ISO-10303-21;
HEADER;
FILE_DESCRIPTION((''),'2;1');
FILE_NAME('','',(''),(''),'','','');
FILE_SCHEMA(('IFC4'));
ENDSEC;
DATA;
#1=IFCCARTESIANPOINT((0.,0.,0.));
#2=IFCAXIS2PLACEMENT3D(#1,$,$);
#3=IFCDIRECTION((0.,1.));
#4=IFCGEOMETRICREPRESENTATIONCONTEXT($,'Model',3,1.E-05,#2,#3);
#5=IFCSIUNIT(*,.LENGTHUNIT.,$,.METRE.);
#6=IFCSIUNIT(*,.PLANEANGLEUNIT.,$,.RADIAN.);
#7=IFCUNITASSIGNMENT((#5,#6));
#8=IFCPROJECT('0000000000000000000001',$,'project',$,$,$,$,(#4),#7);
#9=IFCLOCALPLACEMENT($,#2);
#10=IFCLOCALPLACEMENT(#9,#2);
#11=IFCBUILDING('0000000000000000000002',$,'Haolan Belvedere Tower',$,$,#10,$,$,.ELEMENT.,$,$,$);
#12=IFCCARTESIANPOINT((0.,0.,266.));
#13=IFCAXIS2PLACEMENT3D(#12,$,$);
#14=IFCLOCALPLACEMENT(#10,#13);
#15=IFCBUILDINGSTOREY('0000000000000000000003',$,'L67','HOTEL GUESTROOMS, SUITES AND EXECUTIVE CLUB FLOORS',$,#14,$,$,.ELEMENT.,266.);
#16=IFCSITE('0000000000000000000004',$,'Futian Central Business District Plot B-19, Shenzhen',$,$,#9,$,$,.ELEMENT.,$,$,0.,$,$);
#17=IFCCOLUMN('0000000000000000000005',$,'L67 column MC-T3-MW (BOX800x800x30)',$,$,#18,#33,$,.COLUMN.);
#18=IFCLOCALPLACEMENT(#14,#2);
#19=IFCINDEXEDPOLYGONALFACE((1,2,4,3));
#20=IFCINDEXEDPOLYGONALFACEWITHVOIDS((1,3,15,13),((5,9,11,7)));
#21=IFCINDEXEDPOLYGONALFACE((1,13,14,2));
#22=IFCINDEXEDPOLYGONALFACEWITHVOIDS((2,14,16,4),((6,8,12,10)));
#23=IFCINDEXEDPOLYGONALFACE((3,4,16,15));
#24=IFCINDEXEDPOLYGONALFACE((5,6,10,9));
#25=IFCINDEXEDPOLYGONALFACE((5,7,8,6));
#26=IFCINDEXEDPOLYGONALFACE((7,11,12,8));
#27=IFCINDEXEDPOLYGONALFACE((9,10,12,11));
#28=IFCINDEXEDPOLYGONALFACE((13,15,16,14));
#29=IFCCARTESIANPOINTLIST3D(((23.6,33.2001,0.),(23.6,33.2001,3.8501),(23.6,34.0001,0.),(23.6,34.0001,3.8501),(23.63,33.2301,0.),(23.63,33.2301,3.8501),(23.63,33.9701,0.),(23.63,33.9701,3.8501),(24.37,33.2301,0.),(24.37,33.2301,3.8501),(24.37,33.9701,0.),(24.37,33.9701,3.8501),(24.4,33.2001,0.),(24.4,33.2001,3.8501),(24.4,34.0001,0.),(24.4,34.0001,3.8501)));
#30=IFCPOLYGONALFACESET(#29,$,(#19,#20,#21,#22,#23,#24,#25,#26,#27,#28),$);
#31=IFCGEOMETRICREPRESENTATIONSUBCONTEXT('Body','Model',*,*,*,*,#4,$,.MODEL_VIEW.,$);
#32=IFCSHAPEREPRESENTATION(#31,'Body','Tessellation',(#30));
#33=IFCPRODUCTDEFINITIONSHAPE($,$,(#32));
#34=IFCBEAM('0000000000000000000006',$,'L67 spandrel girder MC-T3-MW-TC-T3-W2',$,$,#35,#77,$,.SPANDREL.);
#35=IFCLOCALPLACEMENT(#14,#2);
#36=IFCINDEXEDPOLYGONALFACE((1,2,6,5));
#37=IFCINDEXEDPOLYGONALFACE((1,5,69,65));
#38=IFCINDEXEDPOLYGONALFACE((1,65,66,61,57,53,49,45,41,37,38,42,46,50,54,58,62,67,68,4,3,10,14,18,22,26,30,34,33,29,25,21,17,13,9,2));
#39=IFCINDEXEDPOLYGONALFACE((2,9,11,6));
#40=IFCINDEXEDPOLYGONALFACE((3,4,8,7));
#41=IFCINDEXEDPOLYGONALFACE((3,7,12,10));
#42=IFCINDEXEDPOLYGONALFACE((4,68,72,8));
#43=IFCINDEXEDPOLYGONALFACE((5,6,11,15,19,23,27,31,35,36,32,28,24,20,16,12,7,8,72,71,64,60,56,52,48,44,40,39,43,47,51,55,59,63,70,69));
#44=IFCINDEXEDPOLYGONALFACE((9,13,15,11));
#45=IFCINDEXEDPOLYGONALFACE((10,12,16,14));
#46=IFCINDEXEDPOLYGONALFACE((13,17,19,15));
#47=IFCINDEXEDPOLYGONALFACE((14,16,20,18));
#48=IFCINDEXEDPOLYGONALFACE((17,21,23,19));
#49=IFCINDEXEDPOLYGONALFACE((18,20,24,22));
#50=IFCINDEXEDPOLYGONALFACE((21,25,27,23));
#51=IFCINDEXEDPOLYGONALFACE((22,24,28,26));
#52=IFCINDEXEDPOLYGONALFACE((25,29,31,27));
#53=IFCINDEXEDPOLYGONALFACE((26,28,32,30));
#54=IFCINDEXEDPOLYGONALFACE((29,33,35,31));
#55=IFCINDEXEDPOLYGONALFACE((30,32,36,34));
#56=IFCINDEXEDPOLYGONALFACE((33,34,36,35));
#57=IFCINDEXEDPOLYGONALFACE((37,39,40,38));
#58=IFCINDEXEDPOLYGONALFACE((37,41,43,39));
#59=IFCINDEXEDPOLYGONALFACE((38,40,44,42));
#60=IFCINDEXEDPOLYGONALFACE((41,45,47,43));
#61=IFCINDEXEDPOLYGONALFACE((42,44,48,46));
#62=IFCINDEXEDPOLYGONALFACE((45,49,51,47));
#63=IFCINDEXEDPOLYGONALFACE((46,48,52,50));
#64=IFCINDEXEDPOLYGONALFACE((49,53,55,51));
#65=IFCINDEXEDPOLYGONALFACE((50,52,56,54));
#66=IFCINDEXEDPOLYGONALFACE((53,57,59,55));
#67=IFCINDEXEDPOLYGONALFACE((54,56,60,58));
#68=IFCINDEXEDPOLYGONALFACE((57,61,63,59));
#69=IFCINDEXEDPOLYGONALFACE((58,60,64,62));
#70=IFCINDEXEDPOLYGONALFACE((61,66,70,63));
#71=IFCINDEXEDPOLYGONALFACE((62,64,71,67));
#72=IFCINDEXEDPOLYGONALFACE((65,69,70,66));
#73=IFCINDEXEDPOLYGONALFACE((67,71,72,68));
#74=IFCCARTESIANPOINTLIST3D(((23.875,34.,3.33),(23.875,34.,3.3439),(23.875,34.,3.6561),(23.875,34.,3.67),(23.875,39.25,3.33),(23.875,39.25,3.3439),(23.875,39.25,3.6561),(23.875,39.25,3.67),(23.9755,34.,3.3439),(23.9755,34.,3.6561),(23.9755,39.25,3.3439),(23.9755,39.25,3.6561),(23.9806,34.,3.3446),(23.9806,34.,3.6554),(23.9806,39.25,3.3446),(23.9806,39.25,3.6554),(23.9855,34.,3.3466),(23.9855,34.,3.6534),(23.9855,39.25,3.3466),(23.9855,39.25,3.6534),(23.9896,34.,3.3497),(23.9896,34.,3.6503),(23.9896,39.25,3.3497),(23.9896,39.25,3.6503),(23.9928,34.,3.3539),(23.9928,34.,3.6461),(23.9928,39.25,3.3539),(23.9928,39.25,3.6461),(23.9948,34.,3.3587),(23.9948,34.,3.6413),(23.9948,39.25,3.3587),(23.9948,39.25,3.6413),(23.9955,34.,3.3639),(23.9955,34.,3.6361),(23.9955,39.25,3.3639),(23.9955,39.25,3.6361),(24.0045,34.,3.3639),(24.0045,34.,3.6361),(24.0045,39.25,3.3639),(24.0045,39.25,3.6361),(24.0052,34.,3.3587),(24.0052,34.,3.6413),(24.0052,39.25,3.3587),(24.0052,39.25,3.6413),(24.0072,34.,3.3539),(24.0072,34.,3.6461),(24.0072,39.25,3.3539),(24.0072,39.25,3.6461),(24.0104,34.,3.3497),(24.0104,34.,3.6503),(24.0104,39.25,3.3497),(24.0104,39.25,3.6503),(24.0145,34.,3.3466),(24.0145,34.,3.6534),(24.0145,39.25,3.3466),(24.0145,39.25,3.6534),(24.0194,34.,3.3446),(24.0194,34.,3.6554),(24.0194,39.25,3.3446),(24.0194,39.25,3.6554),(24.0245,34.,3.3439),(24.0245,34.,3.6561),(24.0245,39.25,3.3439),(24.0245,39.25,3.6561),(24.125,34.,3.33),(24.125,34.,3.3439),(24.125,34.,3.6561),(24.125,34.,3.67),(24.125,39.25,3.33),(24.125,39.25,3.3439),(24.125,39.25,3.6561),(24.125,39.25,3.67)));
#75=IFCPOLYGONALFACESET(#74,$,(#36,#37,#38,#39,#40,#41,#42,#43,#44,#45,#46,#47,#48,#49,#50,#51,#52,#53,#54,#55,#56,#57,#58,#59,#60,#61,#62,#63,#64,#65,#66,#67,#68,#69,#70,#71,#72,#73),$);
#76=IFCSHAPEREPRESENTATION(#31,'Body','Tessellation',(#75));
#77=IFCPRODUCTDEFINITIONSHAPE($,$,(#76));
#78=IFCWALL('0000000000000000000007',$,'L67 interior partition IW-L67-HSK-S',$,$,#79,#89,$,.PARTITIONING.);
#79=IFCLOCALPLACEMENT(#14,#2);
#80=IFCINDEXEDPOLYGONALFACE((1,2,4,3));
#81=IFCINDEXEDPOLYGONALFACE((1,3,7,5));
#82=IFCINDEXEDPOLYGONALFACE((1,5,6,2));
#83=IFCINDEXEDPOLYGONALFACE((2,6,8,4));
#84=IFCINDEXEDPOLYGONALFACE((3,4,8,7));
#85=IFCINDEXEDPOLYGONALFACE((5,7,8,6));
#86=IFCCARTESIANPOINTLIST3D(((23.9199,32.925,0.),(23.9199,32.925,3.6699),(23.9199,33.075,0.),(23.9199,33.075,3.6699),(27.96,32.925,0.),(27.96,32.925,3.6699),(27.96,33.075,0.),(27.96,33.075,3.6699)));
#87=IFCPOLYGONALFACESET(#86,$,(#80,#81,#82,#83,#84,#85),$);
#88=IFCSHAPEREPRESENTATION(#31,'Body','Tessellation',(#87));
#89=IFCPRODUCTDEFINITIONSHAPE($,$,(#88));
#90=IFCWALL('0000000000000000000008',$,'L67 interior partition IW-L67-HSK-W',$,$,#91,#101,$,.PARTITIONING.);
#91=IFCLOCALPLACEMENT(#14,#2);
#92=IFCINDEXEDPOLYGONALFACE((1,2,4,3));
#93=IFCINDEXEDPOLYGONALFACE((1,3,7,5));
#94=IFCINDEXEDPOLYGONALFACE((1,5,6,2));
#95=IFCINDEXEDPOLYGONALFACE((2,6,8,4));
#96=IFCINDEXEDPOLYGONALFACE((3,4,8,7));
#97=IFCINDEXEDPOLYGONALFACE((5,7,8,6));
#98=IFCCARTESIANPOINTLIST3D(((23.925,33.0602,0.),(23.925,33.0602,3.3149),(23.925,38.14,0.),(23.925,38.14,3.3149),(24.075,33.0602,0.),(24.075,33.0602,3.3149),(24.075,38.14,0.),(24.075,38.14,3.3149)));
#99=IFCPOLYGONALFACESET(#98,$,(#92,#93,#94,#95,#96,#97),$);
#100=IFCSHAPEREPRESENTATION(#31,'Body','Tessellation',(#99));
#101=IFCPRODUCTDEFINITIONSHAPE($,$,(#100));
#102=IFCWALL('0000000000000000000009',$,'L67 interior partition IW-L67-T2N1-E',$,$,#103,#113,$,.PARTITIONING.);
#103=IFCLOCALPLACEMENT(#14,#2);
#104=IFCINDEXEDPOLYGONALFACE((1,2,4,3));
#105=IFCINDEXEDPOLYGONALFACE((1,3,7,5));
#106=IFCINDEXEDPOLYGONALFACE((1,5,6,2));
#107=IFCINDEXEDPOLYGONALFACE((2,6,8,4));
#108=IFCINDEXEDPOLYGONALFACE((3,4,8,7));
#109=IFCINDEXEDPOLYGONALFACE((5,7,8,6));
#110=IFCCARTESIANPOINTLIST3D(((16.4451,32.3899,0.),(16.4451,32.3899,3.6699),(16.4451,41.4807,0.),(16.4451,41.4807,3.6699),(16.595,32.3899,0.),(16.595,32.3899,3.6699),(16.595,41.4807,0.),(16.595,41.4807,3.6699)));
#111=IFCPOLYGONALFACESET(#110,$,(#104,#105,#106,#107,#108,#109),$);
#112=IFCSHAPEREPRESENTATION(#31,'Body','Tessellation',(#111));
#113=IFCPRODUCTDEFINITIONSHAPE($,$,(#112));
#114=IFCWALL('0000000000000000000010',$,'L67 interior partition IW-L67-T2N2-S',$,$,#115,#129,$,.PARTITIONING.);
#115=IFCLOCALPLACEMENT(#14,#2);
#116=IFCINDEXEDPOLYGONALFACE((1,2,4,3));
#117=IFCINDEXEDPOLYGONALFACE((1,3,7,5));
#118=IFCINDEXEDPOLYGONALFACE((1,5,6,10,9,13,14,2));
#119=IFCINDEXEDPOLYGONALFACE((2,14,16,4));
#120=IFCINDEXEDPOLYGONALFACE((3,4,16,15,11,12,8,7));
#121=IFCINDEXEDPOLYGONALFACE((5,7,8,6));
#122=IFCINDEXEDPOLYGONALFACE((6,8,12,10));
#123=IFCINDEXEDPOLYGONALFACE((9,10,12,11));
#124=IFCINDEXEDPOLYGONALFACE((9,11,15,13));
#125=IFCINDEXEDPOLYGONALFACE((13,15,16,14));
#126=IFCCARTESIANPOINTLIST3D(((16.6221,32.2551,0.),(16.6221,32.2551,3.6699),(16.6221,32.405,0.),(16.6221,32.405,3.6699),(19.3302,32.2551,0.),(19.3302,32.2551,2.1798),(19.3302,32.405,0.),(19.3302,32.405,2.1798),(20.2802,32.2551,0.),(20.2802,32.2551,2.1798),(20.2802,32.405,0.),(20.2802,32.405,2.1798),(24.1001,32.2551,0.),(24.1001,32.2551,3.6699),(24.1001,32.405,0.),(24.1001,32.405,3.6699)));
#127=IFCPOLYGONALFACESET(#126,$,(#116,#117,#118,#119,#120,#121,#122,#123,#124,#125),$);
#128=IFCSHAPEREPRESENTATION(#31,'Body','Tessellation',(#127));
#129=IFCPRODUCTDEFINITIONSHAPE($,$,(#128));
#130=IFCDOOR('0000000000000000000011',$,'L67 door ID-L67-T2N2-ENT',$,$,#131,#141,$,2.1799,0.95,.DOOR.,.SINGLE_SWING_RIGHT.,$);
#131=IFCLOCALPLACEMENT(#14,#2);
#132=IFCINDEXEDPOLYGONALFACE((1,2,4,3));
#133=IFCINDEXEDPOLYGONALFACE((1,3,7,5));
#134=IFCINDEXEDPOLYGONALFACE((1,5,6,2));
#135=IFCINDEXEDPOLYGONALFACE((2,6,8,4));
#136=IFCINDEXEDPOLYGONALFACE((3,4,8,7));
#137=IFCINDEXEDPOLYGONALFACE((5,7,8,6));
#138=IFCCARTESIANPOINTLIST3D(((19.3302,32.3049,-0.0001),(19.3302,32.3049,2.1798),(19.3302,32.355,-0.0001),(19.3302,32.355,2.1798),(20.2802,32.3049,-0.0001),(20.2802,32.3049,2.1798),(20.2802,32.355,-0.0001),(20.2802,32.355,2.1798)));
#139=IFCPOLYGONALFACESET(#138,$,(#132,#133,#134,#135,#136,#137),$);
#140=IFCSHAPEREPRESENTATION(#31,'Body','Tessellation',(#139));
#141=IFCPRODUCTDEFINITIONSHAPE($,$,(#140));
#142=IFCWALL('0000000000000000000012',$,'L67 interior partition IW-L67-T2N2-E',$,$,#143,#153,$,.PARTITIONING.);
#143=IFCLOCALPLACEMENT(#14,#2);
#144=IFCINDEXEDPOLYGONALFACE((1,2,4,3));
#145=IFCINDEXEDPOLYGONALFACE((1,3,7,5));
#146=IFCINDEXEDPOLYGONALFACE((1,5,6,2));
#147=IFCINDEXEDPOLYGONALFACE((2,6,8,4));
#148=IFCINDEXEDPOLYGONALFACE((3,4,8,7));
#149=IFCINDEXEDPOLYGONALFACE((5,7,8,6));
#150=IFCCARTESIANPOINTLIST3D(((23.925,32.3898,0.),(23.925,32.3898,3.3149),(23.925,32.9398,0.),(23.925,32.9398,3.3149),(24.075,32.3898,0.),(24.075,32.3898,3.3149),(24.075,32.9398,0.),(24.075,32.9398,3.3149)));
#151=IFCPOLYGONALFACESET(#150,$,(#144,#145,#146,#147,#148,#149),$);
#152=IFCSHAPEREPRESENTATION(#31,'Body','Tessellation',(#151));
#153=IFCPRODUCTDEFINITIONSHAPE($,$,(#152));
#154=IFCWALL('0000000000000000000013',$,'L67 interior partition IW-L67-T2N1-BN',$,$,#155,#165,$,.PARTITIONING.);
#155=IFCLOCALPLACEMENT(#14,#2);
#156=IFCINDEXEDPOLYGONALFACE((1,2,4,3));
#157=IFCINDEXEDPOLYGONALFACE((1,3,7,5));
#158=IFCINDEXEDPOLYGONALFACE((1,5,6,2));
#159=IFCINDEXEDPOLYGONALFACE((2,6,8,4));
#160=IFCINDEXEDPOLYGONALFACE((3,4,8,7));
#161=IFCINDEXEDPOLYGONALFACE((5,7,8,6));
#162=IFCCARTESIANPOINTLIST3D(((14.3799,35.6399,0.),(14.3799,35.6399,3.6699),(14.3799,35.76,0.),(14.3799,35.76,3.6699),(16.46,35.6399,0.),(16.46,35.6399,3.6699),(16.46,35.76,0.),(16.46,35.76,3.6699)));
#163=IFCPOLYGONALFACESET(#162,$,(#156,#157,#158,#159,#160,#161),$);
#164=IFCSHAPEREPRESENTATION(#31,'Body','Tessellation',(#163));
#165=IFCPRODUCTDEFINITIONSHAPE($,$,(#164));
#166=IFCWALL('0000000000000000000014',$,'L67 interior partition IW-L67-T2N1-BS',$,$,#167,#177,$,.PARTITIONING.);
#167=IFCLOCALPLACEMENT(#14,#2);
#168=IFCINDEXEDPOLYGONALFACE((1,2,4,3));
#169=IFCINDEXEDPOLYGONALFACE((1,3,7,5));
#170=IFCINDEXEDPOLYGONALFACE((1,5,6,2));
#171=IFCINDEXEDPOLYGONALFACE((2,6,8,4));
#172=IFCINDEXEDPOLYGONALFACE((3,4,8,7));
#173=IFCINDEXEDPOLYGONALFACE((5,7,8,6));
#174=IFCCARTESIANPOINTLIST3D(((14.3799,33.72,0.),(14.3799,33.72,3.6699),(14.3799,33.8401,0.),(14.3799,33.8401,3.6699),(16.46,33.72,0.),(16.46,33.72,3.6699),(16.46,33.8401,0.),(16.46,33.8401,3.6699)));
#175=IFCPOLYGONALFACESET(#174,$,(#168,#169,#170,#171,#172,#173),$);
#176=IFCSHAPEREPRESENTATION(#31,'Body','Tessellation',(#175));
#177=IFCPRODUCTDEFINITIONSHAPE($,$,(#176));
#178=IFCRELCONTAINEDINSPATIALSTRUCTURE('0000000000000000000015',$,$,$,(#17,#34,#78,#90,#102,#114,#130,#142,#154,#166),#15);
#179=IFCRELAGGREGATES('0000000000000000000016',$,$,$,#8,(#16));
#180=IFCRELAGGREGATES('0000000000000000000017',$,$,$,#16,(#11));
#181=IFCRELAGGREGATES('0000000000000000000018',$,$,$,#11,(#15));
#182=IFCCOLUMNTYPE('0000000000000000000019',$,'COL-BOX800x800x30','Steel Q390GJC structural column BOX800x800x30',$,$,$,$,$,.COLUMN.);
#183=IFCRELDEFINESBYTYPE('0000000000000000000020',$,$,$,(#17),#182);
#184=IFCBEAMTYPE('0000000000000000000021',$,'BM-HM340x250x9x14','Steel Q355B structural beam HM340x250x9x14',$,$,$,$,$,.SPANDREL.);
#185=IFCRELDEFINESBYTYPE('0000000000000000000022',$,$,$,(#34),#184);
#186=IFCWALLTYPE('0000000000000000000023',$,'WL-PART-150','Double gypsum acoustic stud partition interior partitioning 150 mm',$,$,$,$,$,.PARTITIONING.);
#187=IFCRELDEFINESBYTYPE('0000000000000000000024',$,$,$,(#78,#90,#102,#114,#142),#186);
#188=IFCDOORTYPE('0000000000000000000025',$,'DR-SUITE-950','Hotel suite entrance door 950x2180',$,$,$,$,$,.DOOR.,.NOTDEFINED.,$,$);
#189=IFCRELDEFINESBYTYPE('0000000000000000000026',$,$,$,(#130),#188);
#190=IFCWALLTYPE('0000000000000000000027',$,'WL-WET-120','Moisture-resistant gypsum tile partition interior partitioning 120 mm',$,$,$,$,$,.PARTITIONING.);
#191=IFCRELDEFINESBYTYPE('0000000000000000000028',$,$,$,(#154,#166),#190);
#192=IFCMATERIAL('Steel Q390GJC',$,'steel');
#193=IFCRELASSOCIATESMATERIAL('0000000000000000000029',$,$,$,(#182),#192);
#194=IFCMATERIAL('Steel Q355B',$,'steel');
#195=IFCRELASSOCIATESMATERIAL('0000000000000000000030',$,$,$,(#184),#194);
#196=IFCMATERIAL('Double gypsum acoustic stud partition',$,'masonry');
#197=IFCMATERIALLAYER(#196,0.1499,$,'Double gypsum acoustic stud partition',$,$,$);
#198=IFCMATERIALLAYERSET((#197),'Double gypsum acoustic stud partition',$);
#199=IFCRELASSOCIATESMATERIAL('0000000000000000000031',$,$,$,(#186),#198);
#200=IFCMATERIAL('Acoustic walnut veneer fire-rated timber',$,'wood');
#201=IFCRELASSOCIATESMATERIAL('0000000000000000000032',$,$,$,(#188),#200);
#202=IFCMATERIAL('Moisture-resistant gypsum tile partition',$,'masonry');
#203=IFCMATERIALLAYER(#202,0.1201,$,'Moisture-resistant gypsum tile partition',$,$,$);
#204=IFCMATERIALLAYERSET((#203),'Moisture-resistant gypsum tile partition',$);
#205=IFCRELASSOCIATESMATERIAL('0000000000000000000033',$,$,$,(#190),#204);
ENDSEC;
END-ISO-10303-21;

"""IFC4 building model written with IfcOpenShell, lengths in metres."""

from ifc_helpers import new_model, si_unit, direction, frame, frame_2d, origin, origin_2d, place, context, subcontext, project, spatial, rectangle, hollow_rectangle, i_section, extrude, material, layer, layer_set, material_profile, profile_set, type_object, element, fill, save


model = new_model("IFC4")

# Units and contexts
model_context = context("Model", 3, precision=1e-05, world=origin(), true_north=direction((0.0, 1.0)))
body_context = subcontext(model_context, "Body", "Model", "MODEL_VIEW")
ifc_project = project(units=[si_unit("LENGTHUNIT", "METRE"), si_unit("PLANEANGLEUNIT", "RADIAN")], contexts=[model_context])

# Site, building, storey
site_placement = place(None, origin())
site = spatial("IfcSite", under=ifc_project, at=site_placement, Name="Futian Central Business District Plot B-19, Shenzhen", CompositionType="ELEMENT", RefElevation=0.0)
building_placement = place(site_placement, origin())
building = spatial("IfcBuilding", under=site, at=building_placement, Name="Haolan Belvedere Tower", CompositionType="ELEMENT")
storey_placement = place(building_placement, frame((0.0, 0.0, 266.0)))
storey = spatial("IfcBuildingStorey", under=building, at=storey_placement, Name="L67", Description="HOTEL GUESTROOMS, SUITES AND EXECUTIVE CLUB FLOORS", CompositionType="ELEMENT", Elevation=266.0)

# Column
ifc_material_1 = material(Name="Steel Q390GJC", Category="steel")
ifc_material_profile_1 = material_profile(ifc_material_1, hollow_rectangle(XDim=0.8, YDim=0.8, WallThickness=0.03, at=origin_2d()), Name="Steel Q390GJC")
ifc_profile_set_1 = profile_set([ifc_material_profile_1], Name="Steel Q390GJC")
column_type = type_object("IfcColumnType", Name="COL-BOX800x800x30", Description="Steel Q390GJC structural column BOX800x800x30", PredefinedType="COLUMN", material=ifc_profile_set_1)
column_placement = place(storey_placement, frame((24.0, 33.6001, 0.0), z_axis=(0.0, 0.0, 1.0), x_axis=(1.0, 0.0, 0.0)))
element("IfcColumn", 1, at=column_placement, inside=storey, type_object=column_type, Name="L67 column MC-T3-MW (BOX800x800x30)", PredefinedType="COLUMN", context=body_context, shape_type="SweptSolid", body=[
    extrude(hollow_rectangle(XDim=0.8, YDim=0.8, WallThickness=0.03, at=origin_2d()), origin(), (0.0, 0.0, 1.0), 3.8501),
])

# Beam
ifc_material_2 = material(Name="Steel Q355B", Category="steel")
ifc_material_profile_2 = material_profile(ifc_material_2, i_section(OverallWidth=0.25, OverallDepth=0.3401, WebThickness=0.009, FlangeThickness=0.0139, FilletRadius=0.02, at=origin_2d()), Name="Steel Q355B")
ifc_profile_set_2 = profile_set([ifc_material_profile_2], Name="Steel Q355B")
beam_type = type_object("IfcBeamType", Name="BM-HM340x250x9x14", Description="Steel Q355B structural beam HM340x250x9x14", PredefinedType="SPANDREL", material=ifc_profile_set_2)
beam_placement = place(storey_placement, frame((24.0, 34.0, 3.5), z_axis=(0.0, 1.0, 0.0), x_axis=(-1.0, 0.0, 0.0)))
element("IfcBeam", 2, at=beam_placement, inside=storey, type_object=beam_type, Name="L67 spandrel girder MC-T3-MW-TC-T3-W2", PredefinedType="SPANDREL", context=body_context, shape_type="SweptSolid", body=[
    extrude(i_section(OverallWidth=0.25, OverallDepth=0.3401, WebThickness=0.009, FlangeThickness=0.0139, FilletRadius=0.02, at=origin_2d()), origin(), (0.0, 0.0, 1.0), 5.25),
])

# Walls
ifc_material_3 = material(Name="Double gypsum acoustic stud partition", Category="masonry")
ifc_layer_1 = layer(ifc_material_3, 0.1499, Name="Double gypsum acoustic stud partition")
ifc_layer_set_1 = layer_set([ifc_layer_1], Name="Double gypsum acoustic stud partition")
wall_type_1 = type_object("IfcWallType", Name="WL-PART-150", Description="Double gypsum acoustic stud partition interior partitioning 150 mm", PredefinedType="PARTITIONING", material=ifc_layer_set_1)
wall_1_placement = place(storey_placement, frame((23.9199, 33.0, 0.0), z_axis=(0.0, 0.0, 1.0), x_axis=(1.0, 0.0, 0.0)))
element("IfcWall", 3, at=wall_1_placement, inside=storey, type_object=wall_type_1, Name="L67 interior partition IW-L67-HSK-S", PredefinedType="PARTITIONING", context=body_context, shape_type="SweptSolid", body=[
    extrude(rectangle(XDim=4.04, YDim=0.1499, at=frame_2d((2.02, 0.0))), origin(), (0.0, 0.0, 1.0), 3.6699),
])
wall_2_placement = place(storey_placement, frame((24.0, 33.0601, 0.0), z_axis=(0.0, 0.0, 1.0), x_axis=(0.0, 1.0, 0.0)))
element("IfcWall", 4, at=wall_2_placement, inside=storey, type_object=wall_type_1, Name="L67 interior partition IW-L67-HSK-W", PredefinedType="PARTITIONING", context=body_context, shape_type="SweptSolid", body=[
    extrude(rectangle(XDim=5.0798, YDim=0.1499, at=frame_2d((2.54, 0.0))), origin(), (0.0, 0.0, 1.0), 3.3149),
])
wall_3_placement = place(storey_placement, frame((16.52, 32.3899, 0.0), z_axis=(0.0, 0.0, 1.0), x_axis=(0.0, 1.0, 0.0)))
element("IfcWall", 5, at=wall_3_placement, inside=storey, type_object=wall_type_1, Name="L67 interior partition IW-L67-T2N1-E", PredefinedType="PARTITIONING", context=body_context, shape_type="SweptSolid", body=[
    extrude(rectangle(XDim=9.0908, YDim=0.1499, at=frame_2d((4.5454, 0.0))), origin(), (0.0, 0.0, 1.0), 3.6699),
])

# Wall, opening, door
wall_4_placement = place(storey_placement, frame((16.6221, 32.3301, 0.0), z_axis=(0.0, 0.0, 1.0), x_axis=(1.0, 0.0, 0.0)))
wall_4 = element("IfcWall", 6, at=wall_4_placement, inside=storey, type_object=wall_type_1, Name="L67 interior partition IW-L67-T2N2-S", PredefinedType="PARTITIONING", context=body_context, shape_type="SweptSolid", body=[
    extrude(rectangle(XDim=7.478, YDim=0.1499, at=frame_2d((3.739, 0.0))), origin(), (0.0, 0.0, 1.0), 3.6699),
])
opening_1_placement = place(wall_4_placement, frame((2.708, 0.0, 0.0)))
opening_1 = element("IfcOpeningElement", 7, at=opening_1_placement, cuts=wall_4, PredefinedType="OPENING", context=body_context, shape_type="SweptSolid", body=[
    extrude(rectangle(XDim=0.95, YDim=2.1799, at=frame_2d((0.4751, 1.0898))), frame((0.0, 0.085, 0.0), z_axis=(0.0, -1.0, 0.0), x_axis=(1.0, 0.0, 0.0)), (0.0, 0.0, 1.0), 0.1699),
])
ifc_material_4 = material(Name="Acoustic walnut veneer fire-rated timber", Category="wood")
door_type_1 = type_object("IfcDoorType", Name="DR-SUITE-950", Description="Hotel suite entrance door 950x2180", OperationType="NOTDEFINED", PredefinedType="DOOR", material=ifc_material_4)
door_1_placement = place(opening_1_placement, origin())
door_1 = element("IfcDoor", 8, at=door_1_placement, inside=storey, type_object=door_type_1, Name="L67 door ID-L67-T2N2-ENT", OperationType="SINGLE_SWING_RIGHT", OverallHeight=2.1799, OverallWidth=0.95, PredefinedType="DOOR", context=body_context, shape_type="SweptSolid", body=[
    extrude(rectangle(XDim=0.95, YDim=2.1799, at=frame_2d((0.4751, 1.0898))), frame((0.0, 0.0249, 0.0), z_axis=(0.0, -1.0, 0.0), x_axis=(1.0, 0.0, 0.0)), (0.0, 0.0, 1.0), 0.05),
])
fill(opening_1, door_1)

# Walls
wall_5_placement = place(storey_placement, frame((24.0, 32.3899, 0.0), z_axis=(0.0, 0.0, 1.0), x_axis=(0.0, 1.0, 0.0)))
element("IfcWall", 9, at=wall_5_placement, inside=storey, type_object=wall_type_1, Name="L67 interior partition IW-L67-T2N2-E", PredefinedType="PARTITIONING", context=body_context, shape_type="SweptSolid", body=[
    extrude(rectangle(XDim=0.55, YDim=0.1499, at=frame_2d((0.2749, 0.0))), origin(), (0.0, 0.0, 1.0), 3.3149),
])
ifc_material_5 = material(Name="Moisture-resistant gypsum tile partition", Category="masonry")
ifc_layer_2 = layer(ifc_material_5, 0.1201, Name="Moisture-resistant gypsum tile partition")
ifc_layer_set_2 = layer_set([ifc_layer_2], Name="Moisture-resistant gypsum tile partition")
wall_type_2 = type_object("IfcWallType", Name="WL-WET-120", Description="Moisture-resistant gypsum tile partition interior partitioning 120 mm", PredefinedType="PARTITIONING", material=ifc_layer_set_2)
for number, where, z_axis, x_axis, name in (
    (10, (14.3799, 35.7, 0.0), (0.0, 0.0, 1.0), (1.0, 0.0, 0.0), "L67 interior partition IW-L67-T2N1-BN"),
    (11, (14.3799, 33.78, 0.0), (0.0, 0.0, 1.0), (1.0, 0.0, 0.0), "L67 interior partition IW-L67-T2N1-BS"),
):
    element("IfcWall", number, at=place(storey_placement, frame(where, z_axis=z_axis, x_axis=x_axis)), inside=storey, type_object=wall_type_2, Name=name, PredefinedType="PARTITIONING", context=body_context, shape_type="SweptSolid", body=[
        extrude(rectangle(XDim=2.0801, YDim=0.1201, at=frame_2d((1.04, 0.0))), origin(), (0.0, 0.0, 1.0), 3.6699),
    ])

save(model, "model.ifc")
